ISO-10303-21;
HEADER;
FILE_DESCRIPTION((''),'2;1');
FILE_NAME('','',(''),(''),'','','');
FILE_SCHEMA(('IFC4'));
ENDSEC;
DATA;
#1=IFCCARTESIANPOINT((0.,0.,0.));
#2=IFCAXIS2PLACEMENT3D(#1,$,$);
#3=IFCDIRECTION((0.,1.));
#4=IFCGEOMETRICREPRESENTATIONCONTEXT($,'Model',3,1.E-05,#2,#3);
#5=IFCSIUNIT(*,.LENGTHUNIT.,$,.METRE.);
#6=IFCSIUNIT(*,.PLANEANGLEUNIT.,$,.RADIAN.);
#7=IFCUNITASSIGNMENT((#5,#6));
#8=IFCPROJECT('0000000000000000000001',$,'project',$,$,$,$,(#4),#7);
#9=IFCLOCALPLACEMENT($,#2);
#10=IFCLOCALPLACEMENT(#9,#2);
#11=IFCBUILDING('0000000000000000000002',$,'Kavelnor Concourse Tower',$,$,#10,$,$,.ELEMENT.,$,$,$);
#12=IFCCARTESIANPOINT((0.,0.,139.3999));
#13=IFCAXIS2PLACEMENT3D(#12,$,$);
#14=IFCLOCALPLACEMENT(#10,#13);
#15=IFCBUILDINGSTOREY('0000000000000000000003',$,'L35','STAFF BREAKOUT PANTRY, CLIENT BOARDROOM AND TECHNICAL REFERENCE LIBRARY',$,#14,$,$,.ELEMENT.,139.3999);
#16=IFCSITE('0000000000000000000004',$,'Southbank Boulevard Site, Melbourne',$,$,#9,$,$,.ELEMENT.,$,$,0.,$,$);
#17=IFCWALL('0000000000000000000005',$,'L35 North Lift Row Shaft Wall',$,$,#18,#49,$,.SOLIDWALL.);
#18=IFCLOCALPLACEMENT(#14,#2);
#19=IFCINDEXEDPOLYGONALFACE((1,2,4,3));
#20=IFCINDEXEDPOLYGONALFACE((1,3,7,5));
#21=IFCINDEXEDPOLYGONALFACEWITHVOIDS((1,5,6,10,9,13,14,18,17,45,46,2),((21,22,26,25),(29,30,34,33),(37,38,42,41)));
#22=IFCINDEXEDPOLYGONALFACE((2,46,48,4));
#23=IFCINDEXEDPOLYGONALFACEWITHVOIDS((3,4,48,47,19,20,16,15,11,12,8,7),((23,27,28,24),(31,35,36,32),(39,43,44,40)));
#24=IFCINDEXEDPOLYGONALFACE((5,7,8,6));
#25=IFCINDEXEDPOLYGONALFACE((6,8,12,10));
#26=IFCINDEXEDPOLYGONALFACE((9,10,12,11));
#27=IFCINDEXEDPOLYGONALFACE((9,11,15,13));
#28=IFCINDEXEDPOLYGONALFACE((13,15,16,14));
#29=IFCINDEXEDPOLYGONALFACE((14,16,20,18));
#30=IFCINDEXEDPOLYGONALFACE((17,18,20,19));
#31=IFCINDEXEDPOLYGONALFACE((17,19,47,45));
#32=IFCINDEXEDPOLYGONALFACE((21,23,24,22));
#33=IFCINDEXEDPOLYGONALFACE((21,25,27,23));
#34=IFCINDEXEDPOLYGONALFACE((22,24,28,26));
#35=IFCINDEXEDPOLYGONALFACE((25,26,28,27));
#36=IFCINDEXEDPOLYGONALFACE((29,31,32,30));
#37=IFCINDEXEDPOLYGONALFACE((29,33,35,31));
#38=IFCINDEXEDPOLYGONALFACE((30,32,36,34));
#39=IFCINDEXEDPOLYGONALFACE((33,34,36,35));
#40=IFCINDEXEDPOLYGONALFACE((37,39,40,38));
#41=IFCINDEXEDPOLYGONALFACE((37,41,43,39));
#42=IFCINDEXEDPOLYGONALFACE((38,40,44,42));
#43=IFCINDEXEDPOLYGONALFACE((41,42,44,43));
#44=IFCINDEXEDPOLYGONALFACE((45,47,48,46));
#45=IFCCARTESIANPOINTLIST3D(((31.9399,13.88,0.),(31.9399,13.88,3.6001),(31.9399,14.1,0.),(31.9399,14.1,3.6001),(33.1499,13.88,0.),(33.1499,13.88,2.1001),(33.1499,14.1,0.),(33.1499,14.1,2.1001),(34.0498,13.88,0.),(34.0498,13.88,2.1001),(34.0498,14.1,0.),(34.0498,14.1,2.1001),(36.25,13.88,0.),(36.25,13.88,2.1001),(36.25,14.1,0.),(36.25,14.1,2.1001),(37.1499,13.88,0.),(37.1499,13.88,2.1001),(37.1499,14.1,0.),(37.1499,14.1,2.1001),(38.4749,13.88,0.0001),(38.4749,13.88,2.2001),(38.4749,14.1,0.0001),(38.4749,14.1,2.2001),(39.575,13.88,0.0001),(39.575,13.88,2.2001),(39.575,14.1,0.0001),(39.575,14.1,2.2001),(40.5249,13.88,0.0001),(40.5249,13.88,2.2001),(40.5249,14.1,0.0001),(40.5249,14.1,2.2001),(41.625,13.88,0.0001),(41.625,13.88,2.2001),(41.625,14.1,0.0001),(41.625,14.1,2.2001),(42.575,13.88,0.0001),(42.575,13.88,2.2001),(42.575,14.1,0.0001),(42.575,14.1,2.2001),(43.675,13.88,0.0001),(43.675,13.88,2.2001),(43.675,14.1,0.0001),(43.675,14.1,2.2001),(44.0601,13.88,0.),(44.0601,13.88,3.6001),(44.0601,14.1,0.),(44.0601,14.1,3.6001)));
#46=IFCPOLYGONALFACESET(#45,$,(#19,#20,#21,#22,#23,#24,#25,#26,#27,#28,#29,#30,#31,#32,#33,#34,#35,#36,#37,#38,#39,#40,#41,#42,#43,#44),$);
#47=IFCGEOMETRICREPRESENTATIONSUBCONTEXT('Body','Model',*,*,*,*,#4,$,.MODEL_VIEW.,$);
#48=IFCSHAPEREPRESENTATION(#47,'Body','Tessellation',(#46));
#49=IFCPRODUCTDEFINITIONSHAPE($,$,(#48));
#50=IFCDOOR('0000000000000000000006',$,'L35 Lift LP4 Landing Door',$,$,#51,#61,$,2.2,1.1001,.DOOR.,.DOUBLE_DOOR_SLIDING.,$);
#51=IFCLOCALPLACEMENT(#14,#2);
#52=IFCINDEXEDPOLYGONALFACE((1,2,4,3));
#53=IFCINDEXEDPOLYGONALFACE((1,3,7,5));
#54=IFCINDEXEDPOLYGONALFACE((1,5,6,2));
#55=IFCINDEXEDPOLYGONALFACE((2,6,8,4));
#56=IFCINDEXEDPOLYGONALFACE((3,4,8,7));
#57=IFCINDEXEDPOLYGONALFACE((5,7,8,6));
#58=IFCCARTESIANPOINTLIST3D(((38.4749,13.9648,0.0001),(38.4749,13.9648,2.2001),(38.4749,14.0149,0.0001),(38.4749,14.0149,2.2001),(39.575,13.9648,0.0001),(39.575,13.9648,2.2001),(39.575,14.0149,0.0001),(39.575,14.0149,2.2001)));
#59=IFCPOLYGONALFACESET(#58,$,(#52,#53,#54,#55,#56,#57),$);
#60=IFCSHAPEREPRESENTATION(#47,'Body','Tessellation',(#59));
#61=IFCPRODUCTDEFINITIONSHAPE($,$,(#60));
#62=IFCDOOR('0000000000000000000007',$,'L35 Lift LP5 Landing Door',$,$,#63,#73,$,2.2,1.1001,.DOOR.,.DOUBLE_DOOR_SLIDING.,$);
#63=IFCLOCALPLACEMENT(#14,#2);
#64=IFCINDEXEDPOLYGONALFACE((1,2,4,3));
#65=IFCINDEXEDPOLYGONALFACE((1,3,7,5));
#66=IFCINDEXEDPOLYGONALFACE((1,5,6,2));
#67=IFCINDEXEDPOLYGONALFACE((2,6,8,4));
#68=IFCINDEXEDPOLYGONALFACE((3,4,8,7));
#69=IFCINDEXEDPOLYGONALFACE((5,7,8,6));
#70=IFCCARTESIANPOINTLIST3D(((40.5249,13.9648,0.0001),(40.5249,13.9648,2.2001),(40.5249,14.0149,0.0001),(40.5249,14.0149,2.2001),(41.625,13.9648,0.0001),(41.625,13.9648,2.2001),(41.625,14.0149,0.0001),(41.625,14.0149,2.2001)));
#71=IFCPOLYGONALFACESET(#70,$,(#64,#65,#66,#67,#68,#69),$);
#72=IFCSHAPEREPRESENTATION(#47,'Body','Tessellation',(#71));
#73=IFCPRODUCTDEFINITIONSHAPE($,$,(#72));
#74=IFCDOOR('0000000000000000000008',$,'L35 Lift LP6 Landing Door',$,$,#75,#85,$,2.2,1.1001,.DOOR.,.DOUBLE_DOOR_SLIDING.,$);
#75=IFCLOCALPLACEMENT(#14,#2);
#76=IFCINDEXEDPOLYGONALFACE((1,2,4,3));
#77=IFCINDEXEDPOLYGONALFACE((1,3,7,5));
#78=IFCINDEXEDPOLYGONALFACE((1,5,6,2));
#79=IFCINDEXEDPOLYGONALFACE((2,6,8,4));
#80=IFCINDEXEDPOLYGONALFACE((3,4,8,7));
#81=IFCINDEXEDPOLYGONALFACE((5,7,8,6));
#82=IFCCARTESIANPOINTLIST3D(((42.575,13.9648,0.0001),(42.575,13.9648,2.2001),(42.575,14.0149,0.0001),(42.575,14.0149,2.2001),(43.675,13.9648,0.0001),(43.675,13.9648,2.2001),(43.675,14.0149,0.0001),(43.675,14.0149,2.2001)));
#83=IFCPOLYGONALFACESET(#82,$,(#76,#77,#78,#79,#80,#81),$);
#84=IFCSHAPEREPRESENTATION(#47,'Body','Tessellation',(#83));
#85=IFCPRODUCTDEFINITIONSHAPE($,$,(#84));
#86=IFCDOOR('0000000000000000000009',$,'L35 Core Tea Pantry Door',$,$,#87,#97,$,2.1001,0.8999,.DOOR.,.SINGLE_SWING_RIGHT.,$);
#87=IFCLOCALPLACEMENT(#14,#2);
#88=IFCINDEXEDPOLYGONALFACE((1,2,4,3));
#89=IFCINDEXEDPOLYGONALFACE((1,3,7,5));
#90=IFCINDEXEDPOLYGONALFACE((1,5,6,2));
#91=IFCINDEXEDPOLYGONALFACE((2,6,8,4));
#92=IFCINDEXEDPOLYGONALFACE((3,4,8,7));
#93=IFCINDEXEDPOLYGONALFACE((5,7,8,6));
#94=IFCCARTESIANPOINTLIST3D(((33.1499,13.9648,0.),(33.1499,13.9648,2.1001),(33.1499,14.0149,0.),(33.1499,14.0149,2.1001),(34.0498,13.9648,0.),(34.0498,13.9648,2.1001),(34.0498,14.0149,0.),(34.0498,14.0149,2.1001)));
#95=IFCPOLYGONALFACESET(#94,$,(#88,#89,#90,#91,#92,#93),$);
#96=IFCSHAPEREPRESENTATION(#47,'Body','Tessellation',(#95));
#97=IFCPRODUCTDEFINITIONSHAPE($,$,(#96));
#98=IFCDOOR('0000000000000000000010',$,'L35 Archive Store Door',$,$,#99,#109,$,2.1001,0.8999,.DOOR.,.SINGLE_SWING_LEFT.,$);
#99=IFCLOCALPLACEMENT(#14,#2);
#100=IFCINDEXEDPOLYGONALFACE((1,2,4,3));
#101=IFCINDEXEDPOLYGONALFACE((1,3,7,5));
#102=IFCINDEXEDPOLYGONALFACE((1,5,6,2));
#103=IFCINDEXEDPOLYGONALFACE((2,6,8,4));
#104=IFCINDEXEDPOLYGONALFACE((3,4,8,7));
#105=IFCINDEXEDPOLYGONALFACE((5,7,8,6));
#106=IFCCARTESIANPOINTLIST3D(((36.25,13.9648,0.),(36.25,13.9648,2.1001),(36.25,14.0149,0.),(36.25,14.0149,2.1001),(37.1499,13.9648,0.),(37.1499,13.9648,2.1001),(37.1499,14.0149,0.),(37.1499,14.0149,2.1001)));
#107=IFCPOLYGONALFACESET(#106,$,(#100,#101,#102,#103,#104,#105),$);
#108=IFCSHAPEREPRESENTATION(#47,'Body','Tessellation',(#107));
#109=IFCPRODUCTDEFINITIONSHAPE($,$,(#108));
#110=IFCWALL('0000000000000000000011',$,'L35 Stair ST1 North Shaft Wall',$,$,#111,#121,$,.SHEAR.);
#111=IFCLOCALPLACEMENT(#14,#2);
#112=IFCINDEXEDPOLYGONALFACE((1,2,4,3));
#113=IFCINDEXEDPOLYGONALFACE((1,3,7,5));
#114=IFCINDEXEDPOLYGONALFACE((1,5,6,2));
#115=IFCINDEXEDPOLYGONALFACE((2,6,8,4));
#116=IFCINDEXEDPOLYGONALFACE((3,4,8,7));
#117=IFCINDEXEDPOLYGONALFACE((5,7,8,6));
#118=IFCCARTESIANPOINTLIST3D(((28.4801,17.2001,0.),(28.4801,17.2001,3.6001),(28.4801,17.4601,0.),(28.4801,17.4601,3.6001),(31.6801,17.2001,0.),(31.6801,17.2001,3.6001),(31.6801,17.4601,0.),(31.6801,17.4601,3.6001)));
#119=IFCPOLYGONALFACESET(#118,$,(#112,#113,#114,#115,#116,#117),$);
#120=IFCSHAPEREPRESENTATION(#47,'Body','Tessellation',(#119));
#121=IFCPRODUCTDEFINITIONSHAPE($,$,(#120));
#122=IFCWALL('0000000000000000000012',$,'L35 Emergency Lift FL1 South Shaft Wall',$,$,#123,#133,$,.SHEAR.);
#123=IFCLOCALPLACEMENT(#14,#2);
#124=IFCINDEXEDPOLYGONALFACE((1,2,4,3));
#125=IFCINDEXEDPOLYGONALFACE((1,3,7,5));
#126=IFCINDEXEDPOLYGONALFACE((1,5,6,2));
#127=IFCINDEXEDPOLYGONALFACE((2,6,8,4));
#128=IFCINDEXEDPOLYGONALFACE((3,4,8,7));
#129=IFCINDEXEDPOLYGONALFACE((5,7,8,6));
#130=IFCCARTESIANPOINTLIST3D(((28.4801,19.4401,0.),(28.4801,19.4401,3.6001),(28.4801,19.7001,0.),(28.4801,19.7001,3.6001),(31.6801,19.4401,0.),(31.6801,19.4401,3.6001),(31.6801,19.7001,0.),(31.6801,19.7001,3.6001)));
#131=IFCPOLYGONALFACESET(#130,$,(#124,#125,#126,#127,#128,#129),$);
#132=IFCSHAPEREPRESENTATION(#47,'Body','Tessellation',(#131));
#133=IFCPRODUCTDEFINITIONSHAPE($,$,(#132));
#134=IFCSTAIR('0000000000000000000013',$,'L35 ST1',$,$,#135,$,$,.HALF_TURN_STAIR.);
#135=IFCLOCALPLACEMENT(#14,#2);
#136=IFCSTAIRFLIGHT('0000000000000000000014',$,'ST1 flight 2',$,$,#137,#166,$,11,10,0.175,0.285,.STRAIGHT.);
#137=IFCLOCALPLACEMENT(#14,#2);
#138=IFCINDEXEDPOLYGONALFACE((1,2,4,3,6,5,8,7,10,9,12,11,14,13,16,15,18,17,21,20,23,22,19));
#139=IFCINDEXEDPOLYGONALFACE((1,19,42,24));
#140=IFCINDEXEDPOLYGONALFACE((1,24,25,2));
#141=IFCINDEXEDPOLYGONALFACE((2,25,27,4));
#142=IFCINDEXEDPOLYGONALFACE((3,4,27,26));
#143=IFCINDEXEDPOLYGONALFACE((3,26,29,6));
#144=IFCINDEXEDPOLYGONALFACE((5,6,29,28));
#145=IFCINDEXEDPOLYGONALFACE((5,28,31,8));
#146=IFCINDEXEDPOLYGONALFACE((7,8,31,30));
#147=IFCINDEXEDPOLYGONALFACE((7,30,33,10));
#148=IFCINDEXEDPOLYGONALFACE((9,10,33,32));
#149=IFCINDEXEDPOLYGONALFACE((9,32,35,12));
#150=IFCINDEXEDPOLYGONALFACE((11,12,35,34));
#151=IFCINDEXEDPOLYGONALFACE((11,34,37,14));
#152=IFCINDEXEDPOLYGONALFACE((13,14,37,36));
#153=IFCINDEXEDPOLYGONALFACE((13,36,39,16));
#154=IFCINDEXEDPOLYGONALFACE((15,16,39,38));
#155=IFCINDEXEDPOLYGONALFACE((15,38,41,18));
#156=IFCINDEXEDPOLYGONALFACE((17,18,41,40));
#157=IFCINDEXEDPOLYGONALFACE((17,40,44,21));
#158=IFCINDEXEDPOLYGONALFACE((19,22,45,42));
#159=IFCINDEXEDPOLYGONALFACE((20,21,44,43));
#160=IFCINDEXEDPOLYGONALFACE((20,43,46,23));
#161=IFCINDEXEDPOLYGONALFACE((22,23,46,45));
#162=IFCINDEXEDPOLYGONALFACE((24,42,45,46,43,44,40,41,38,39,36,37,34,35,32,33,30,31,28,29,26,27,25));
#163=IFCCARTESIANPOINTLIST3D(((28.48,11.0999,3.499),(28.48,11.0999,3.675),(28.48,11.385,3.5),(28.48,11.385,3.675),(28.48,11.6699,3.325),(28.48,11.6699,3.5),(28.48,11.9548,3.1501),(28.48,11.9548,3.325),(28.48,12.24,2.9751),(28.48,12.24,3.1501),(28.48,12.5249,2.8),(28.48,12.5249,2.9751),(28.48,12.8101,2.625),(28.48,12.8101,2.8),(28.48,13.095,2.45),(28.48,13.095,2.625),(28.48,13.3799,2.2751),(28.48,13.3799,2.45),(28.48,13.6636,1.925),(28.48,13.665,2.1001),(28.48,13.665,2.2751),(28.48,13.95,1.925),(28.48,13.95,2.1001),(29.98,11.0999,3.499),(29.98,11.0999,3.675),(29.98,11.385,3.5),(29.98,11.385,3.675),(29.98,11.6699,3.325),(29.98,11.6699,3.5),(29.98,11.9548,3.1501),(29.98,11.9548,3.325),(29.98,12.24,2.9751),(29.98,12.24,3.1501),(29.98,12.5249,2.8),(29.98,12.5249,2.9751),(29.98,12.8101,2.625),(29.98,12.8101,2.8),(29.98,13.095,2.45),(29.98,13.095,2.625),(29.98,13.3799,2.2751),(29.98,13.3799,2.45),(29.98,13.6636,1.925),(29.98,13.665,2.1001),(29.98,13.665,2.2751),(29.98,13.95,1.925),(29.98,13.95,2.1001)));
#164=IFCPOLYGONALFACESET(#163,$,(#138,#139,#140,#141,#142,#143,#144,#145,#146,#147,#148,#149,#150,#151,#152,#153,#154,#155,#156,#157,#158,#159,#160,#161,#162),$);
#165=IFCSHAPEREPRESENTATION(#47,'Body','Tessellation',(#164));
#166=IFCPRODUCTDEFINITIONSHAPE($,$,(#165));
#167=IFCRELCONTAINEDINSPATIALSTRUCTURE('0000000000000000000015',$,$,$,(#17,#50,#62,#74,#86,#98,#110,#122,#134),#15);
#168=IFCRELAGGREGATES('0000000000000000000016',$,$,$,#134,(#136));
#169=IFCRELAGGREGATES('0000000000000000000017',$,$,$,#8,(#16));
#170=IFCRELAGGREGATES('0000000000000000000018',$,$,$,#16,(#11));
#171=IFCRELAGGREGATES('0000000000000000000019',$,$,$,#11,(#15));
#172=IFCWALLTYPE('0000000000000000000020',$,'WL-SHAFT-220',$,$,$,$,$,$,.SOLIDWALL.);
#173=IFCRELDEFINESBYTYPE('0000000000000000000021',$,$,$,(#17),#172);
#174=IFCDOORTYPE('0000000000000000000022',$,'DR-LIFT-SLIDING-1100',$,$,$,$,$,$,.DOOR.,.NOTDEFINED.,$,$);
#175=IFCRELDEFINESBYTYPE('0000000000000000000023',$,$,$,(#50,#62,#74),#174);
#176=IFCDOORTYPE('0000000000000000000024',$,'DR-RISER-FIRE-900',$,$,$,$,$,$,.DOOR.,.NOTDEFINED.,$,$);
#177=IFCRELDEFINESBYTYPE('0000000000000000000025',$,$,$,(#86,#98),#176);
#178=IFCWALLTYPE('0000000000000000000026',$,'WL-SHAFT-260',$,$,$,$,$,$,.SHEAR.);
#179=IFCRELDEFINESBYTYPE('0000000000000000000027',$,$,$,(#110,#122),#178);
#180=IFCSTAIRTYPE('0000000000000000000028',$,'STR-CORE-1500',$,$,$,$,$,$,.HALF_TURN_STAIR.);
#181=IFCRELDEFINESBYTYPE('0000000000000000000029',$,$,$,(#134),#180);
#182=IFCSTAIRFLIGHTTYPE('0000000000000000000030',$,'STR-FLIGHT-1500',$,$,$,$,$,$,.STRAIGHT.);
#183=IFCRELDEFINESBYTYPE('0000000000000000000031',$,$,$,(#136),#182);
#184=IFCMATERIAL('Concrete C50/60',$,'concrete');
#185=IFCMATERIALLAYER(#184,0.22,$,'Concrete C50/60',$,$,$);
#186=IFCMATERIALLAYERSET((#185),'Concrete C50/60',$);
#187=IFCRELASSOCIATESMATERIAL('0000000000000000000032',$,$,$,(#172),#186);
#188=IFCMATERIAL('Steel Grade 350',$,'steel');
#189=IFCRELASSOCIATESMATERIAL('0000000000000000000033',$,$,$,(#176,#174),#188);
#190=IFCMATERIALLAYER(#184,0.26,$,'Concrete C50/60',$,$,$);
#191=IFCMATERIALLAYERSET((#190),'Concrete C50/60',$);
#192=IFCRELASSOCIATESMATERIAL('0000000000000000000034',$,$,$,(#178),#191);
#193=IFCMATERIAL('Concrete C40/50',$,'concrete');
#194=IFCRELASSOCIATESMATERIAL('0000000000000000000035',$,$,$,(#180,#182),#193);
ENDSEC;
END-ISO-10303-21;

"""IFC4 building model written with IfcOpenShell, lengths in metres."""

from ifc_helpers import new_model, si_unit, direction, frame, frame_2d, origin, place, context, subcontext, project, spatial, polyline, rectangle, outline, extrude, material, layer, layer_set, type_object, element, fill, aggregate, save


model = new_model("IFC4")

# Units and contexts
model_context = context("Model", 3, precision=1e-05, world=origin(), true_north=direction((0.0, 1.0)))
body_context = subcontext(model_context, "Body", "Model", "MODEL_VIEW")
ifc_project = project(units=[si_unit("LENGTHUNIT", "METRE"), si_unit("PLANEANGLEUNIT", "RADIAN")], contexts=[model_context])

# Site, building, storey
site_placement = place(None, origin())
site = spatial("IfcSite", under=ifc_project, at=site_placement, Name="Southbank Boulevard Site, Melbourne", CompositionType="ELEMENT", RefElevation=0.0)
building_placement = place(site_placement, origin())
building = spatial("IfcBuilding", under=site, at=building_placement, Name="Kavelnor Concourse Tower", CompositionType="ELEMENT")
storey_placement = place(building_placement, frame((0.0, 0.0, 139.3999)))
storey = spatial("IfcBuildingStorey", under=building, at=storey_placement, Name="L35", Description="STAFF BREAKOUT PANTRY, CLIENT BOARDROOM AND TECHNICAL REFERENCE LIBRARY", CompositionType="ELEMENT", Elevation=139.3999)

# Shared definitions
ifc_material_1 = material(Name="Steel Grade 350", Category="steel")

# Shared definitions
ifc_material_2 = material(Name="Concrete C50/60", Category="concrete")
ifc_layer_1 = layer(ifc_material_2, 0.22, Name="Concrete C50/60")
ifc_layer_set_1 = layer_set([ifc_layer_1], Name="Concrete C50/60")
wall_type_1 = type_object("IfcWallType", Name="WL-SHAFT-220", PredefinedType="SOLIDWALL", material=ifc_layer_set_1)
door_type_1 = type_object("IfcDoorType", Name="DR-RISER-FIRE-900", OperationType="NOTDEFINED", PredefinedType="DOOR", material=ifc_material_1)

# Wall, openings, doors
wall_1_placement = place(storey_placement, frame((31.9399, 13.99, 0.0), z_axis=(0.0, 0.0, 1.0), x_axis=(1.0, 0.0, 0.0)))
wall_1 = element("IfcWall", 1, at=wall_1_placement, inside=storey, type_object=wall_type_1, Name="L35 North Lift Row Shaft Wall", PredefinedType="SOLIDWALL", context=body_context, shape_type="SweptSolid", body=[
    extrude(rectangle(XDim=12.1201, YDim=0.22, at=frame_2d((6.0601, 0.0))), origin(), (0.0, 0.0, 1.0), 3.6001),
])
opening_1_placement = place(wall_1_placement, frame((1.21, 0.0, 0.0)))
opening_1 = element("IfcOpeningElement", 2, at=opening_1_placement, cuts=wall_1, PredefinedType="OPENING", context=body_context, shape_type="SweptSolid", body=[
    extrude(rectangle(XDim=0.8999, YDim=2.1001, at=frame_2d((0.45, 1.05))), frame((0.0, 0.1201, 0.0), z_axis=(0.0, -1.0, 0.0), x_axis=(1.0, 0.0, 0.0)), (0.0, 0.0, 1.0), 0.24),
])
opening_2_placement = place(wall_1_placement, frame((4.3101, 0.0, 0.0)))
opening_2 = element("IfcOpeningElement", 3, at=opening_2_placement, cuts=wall_1, PredefinedType="OPENING", context=body_context, shape_type="SweptSolid", body=[
    extrude(rectangle(XDim=0.8999, YDim=2.1001, at=frame_2d((0.45, 1.05))), frame((0.0, 0.1201, 0.0), z_axis=(0.0, -1.0, 0.0), x_axis=(1.0, 0.0, 0.0)), (0.0, 0.0, 1.0), 0.24),
])
opening_3_placement = place(wall_1_placement, frame((6.5349, 0.0, 0.0)))
opening_3 = element("IfcOpeningElement", 4, at=opening_3_placement, cuts=wall_1, PredefinedType="OPENING", context=body_context, shape_type="SweptSolid", body=[
    extrude(rectangle(XDim=1.1001, YDim=2.2, at=frame_2d((0.55, 1.1001))), frame((0.0, 0.1201, 0.0), z_axis=(0.0, -1.0, 0.0), x_axis=(1.0, 0.0, 0.0)), (0.0, 0.0, 1.0), 0.24),
])
opening_4_placement = place(wall_1_placement, frame((8.585, 0.0, 0.0)))
opening_4 = element("IfcOpeningElement", 5, at=opening_4_placement, cuts=wall_1, PredefinedType="OPENING", context=body_context, shape_type="SweptSolid", body=[
    extrude(rectangle(XDim=1.1001, YDim=2.2, at=frame_2d((0.55, 1.1001))), frame((0.0, 0.1201, 0.0), z_axis=(0.0, -1.0, 0.0), x_axis=(1.0, 0.0, 0.0)), (0.0, 0.0, 1.0), 0.24),
])
opening_5_placement = place(wall_1_placement, frame((10.635, 0.0, 0.0)))
opening_5 = element("IfcOpeningElement", 6, at=opening_5_placement, cuts=wall_1, PredefinedType="OPENING", context=body_context, shape_type="SweptSolid", body=[
    extrude(rectangle(XDim=1.1001, YDim=2.2, at=frame_2d((0.55, 1.1001))), frame((0.0, 0.1201, 0.0), z_axis=(0.0, -1.0, 0.0), x_axis=(1.0, 0.0, 0.0)), (0.0, 0.0, 1.0), 0.24),
])
door_type_2 = type_object("IfcDoorType", Name="DR-LIFT-SLIDING-1100", OperationType="NOTDEFINED", PredefinedType="DOOR", material=ifc_material_1)
door_1_placement = place(opening_3_placement, origin())
door_1 = element("IfcDoor", 7, at=door_1_placement, inside=storey, type_object=door_type_2, Name="L35 Lift LP4 Landing Door", OperationType="DOUBLE_DOOR_SLIDING", OverallHeight=2.2, OverallWidth=1.1001, PredefinedType="DOOR", context=body_context, shape_type="SweptSolid", body=[
    extrude(rectangle(XDim=1.1001, YDim=2.2, at=frame_2d((0.55, 1.1001))), frame((0.0, 0.0249, 0.0), z_axis=(0.0, -1.0, 0.0), x_axis=(1.0, 0.0, 0.0)), (0.0, 0.0, 1.0), 0.05),
])
fill(opening_3, door_1)
door_2_placement = place(opening_4_placement, origin())
door_2 = element("IfcDoor", 8, at=door_2_placement, inside=storey, type_object=door_type_2, Name="L35 Lift LP5 Landing Door", OperationType="DOUBLE_DOOR_SLIDING", OverallHeight=2.2, OverallWidth=1.1001, PredefinedType="DOOR", context=body_context, shape_type="SweptSolid", body=[
    extrude(rectangle(XDim=1.1001, YDim=2.2, at=frame_2d((0.55, 1.1001))), frame((0.0, 0.0249, 0.0), z_axis=(0.0, -1.0, 0.0), x_axis=(1.0, 0.0, 0.0)), (0.0, 0.0, 1.0), 0.05),
])
fill(opening_4, door_2)
door_3_placement = place(opening_5_placement, origin())
door_3 = element("IfcDoor", 9, at=door_3_placement, inside=storey, type_object=door_type_2, Name="L35 Lift LP6 Landing Door", OperationType="DOUBLE_DOOR_SLIDING", OverallHeight=2.2, OverallWidth=1.1001, PredefinedType="DOOR", context=body_context, shape_type="SweptSolid", body=[
    extrude(rectangle(XDim=1.1001, YDim=2.2, at=frame_2d((0.55, 1.1001))), frame((0.0, 0.0249, 0.0), z_axis=(0.0, -1.0, 0.0), x_axis=(1.0, 0.0, 0.0)), (0.0, 0.0, 1.0), 0.05),
])
fill(opening_5, door_3)
door_4_placement = place(opening_1_placement, origin())
door_4 = element("IfcDoor", 10, at=door_4_placement, inside=storey, type_object=door_type_1, Name="L35 Core Tea Pantry Door", OperationType="SINGLE_SWING_RIGHT", OverallHeight=2.1001, OverallWidth=0.8999, PredefinedType="DOOR", context=body_context, shape_type="SweptSolid", body=[
    extrude(rectangle(XDim=0.8999, YDim=2.1001, at=frame_2d((0.45, 1.05))), frame((0.0, 0.0249, 0.0), z_axis=(0.0, -1.0, 0.0), x_axis=(1.0, 0.0, 0.0)), (0.0, 0.0, 1.0), 0.05),
])
fill(opening_1, door_4)
door_5_placement = place(opening_2_placement, origin())
door_5 = element("IfcDoor", 11, at=door_5_placement, inside=storey, type_object=door_type_1, Name="L35 Archive Store Door", OperationType="SINGLE_SWING_LEFT", OverallHeight=2.1001, OverallWidth=0.8999, PredefinedType="DOOR", context=body_context, shape_type="SweptSolid", body=[
    extrude(rectangle(XDim=0.8999, YDim=2.1001, at=frame_2d((0.45, 1.05))), frame((0.0, 0.0249, 0.0), z_axis=(0.0, -1.0, 0.0), x_axis=(1.0, 0.0, 0.0)), (0.0, 0.0, 1.0), 0.05),
])
fill(opening_2, door_5)

# Walls
ifc_layer_2 = layer(ifc_material_2, 0.26, Name="Concrete C50/60")
ifc_layer_set_2 = layer_set([ifc_layer_2], Name="Concrete C50/60")
wall_type_2 = type_object("IfcWallType", Name="WL-SHAFT-260", PredefinedType="SHEAR", material=ifc_layer_set_2)
for number, where, z_axis, x_axis, name in (
    (12, (28.48, 17.3301, 0.0), (0.0, 0.0, 1.0), (1.0, 0.0, 0.0), "L35 Stair ST1 North Shaft Wall"),
    (13, (28.48, 19.5701, 0.0), (0.0, 0.0, 1.0), (1.0, 0.0, 0.0), "L35 Emergency Lift FL1 South Shaft Wall"),
):
    element("IfcWall", number, at=place(storey_placement, frame(where, z_axis=z_axis, x_axis=x_axis)), inside=storey, type_object=wall_type_2, Name=name, PredefinedType="SHEAR", context=body_context, shape_type="SweptSolid", body=[
        extrude(rectangle(XDim=3.2, YDim=0.26, at=frame_2d((1.6001, 0.0))), origin(), (0.0, 0.0, 1.0), 3.6001),
    ])

# Stair, stair flight
ifc_material_3 = material(Name="Concrete C40/50", Category="concrete")
stair_type = type_object("IfcStairType", Name="STR-CORE-1500", PredefinedType="HALF_TURN_STAIR", material=ifc_material_3)
stair_placement = place(storey_placement, origin())
stair = element("IfcStair", 14, at=stair_placement, inside=storey, type_object=stair_type, Name="L35 ST1", PredefinedType="HALF_TURN_STAIR")
stair_flight_type = type_object("IfcStairFlightType", Name="STR-FLIGHT-1500", PredefinedType="STRAIGHT", material=ifc_material_3)
stair_flight_placement = place(storey_placement, frame((29.23, 13.95, 1.925), z_axis=(0.0, 0.0, 1.0), x_axis=(0.0, -1.0, 0.0)))
stair_flight = element("IfcStairFlight", 15, at=stair_flight_placement, type_object=stair_flight_type, Name="ST1 flight 2", NumberOfRisers=11, NumberOfTreads=10, PredefinedType="STRAIGHT", RiserHeight=0.175, TreadLength=0.285, context=body_context, shape_type="SweptSolid", body=[
    extrude(outline(polyline([(0.0, 0.0), (0.0, 0.175), (0.2849, 0.175), (0.2849, 0.3501), (0.5701, 0.3501), (0.5701, 0.5249), (0.855, 0.5249), (0.855, 0.7), (1.1399, 0.7), (1.1399, 0.875), (1.425, 0.875), (1.425, 1.05), (1.71, 1.05), (1.71, 1.2251), (1.9951, 1.2251), (1.9951, 1.3999), (2.28, 1.3999), (2.28, 1.575), (2.5649, 1.575), (2.5649, 1.75), (2.8501, 1.75), (2.8501, 1.925), (2.8501, 1.574), (0.2864, 0.0), (0.0, 0.0)])), frame((0.0, 0.75, 0.0), z_axis=(0.0, -1.0, 0.0), x_axis=(1.0, 0.0, 0.0)), (0.0, 0.0, 1.0), 1.5),
])
aggregate(stair, [stair_flight])

save(model, "model.ifc")
